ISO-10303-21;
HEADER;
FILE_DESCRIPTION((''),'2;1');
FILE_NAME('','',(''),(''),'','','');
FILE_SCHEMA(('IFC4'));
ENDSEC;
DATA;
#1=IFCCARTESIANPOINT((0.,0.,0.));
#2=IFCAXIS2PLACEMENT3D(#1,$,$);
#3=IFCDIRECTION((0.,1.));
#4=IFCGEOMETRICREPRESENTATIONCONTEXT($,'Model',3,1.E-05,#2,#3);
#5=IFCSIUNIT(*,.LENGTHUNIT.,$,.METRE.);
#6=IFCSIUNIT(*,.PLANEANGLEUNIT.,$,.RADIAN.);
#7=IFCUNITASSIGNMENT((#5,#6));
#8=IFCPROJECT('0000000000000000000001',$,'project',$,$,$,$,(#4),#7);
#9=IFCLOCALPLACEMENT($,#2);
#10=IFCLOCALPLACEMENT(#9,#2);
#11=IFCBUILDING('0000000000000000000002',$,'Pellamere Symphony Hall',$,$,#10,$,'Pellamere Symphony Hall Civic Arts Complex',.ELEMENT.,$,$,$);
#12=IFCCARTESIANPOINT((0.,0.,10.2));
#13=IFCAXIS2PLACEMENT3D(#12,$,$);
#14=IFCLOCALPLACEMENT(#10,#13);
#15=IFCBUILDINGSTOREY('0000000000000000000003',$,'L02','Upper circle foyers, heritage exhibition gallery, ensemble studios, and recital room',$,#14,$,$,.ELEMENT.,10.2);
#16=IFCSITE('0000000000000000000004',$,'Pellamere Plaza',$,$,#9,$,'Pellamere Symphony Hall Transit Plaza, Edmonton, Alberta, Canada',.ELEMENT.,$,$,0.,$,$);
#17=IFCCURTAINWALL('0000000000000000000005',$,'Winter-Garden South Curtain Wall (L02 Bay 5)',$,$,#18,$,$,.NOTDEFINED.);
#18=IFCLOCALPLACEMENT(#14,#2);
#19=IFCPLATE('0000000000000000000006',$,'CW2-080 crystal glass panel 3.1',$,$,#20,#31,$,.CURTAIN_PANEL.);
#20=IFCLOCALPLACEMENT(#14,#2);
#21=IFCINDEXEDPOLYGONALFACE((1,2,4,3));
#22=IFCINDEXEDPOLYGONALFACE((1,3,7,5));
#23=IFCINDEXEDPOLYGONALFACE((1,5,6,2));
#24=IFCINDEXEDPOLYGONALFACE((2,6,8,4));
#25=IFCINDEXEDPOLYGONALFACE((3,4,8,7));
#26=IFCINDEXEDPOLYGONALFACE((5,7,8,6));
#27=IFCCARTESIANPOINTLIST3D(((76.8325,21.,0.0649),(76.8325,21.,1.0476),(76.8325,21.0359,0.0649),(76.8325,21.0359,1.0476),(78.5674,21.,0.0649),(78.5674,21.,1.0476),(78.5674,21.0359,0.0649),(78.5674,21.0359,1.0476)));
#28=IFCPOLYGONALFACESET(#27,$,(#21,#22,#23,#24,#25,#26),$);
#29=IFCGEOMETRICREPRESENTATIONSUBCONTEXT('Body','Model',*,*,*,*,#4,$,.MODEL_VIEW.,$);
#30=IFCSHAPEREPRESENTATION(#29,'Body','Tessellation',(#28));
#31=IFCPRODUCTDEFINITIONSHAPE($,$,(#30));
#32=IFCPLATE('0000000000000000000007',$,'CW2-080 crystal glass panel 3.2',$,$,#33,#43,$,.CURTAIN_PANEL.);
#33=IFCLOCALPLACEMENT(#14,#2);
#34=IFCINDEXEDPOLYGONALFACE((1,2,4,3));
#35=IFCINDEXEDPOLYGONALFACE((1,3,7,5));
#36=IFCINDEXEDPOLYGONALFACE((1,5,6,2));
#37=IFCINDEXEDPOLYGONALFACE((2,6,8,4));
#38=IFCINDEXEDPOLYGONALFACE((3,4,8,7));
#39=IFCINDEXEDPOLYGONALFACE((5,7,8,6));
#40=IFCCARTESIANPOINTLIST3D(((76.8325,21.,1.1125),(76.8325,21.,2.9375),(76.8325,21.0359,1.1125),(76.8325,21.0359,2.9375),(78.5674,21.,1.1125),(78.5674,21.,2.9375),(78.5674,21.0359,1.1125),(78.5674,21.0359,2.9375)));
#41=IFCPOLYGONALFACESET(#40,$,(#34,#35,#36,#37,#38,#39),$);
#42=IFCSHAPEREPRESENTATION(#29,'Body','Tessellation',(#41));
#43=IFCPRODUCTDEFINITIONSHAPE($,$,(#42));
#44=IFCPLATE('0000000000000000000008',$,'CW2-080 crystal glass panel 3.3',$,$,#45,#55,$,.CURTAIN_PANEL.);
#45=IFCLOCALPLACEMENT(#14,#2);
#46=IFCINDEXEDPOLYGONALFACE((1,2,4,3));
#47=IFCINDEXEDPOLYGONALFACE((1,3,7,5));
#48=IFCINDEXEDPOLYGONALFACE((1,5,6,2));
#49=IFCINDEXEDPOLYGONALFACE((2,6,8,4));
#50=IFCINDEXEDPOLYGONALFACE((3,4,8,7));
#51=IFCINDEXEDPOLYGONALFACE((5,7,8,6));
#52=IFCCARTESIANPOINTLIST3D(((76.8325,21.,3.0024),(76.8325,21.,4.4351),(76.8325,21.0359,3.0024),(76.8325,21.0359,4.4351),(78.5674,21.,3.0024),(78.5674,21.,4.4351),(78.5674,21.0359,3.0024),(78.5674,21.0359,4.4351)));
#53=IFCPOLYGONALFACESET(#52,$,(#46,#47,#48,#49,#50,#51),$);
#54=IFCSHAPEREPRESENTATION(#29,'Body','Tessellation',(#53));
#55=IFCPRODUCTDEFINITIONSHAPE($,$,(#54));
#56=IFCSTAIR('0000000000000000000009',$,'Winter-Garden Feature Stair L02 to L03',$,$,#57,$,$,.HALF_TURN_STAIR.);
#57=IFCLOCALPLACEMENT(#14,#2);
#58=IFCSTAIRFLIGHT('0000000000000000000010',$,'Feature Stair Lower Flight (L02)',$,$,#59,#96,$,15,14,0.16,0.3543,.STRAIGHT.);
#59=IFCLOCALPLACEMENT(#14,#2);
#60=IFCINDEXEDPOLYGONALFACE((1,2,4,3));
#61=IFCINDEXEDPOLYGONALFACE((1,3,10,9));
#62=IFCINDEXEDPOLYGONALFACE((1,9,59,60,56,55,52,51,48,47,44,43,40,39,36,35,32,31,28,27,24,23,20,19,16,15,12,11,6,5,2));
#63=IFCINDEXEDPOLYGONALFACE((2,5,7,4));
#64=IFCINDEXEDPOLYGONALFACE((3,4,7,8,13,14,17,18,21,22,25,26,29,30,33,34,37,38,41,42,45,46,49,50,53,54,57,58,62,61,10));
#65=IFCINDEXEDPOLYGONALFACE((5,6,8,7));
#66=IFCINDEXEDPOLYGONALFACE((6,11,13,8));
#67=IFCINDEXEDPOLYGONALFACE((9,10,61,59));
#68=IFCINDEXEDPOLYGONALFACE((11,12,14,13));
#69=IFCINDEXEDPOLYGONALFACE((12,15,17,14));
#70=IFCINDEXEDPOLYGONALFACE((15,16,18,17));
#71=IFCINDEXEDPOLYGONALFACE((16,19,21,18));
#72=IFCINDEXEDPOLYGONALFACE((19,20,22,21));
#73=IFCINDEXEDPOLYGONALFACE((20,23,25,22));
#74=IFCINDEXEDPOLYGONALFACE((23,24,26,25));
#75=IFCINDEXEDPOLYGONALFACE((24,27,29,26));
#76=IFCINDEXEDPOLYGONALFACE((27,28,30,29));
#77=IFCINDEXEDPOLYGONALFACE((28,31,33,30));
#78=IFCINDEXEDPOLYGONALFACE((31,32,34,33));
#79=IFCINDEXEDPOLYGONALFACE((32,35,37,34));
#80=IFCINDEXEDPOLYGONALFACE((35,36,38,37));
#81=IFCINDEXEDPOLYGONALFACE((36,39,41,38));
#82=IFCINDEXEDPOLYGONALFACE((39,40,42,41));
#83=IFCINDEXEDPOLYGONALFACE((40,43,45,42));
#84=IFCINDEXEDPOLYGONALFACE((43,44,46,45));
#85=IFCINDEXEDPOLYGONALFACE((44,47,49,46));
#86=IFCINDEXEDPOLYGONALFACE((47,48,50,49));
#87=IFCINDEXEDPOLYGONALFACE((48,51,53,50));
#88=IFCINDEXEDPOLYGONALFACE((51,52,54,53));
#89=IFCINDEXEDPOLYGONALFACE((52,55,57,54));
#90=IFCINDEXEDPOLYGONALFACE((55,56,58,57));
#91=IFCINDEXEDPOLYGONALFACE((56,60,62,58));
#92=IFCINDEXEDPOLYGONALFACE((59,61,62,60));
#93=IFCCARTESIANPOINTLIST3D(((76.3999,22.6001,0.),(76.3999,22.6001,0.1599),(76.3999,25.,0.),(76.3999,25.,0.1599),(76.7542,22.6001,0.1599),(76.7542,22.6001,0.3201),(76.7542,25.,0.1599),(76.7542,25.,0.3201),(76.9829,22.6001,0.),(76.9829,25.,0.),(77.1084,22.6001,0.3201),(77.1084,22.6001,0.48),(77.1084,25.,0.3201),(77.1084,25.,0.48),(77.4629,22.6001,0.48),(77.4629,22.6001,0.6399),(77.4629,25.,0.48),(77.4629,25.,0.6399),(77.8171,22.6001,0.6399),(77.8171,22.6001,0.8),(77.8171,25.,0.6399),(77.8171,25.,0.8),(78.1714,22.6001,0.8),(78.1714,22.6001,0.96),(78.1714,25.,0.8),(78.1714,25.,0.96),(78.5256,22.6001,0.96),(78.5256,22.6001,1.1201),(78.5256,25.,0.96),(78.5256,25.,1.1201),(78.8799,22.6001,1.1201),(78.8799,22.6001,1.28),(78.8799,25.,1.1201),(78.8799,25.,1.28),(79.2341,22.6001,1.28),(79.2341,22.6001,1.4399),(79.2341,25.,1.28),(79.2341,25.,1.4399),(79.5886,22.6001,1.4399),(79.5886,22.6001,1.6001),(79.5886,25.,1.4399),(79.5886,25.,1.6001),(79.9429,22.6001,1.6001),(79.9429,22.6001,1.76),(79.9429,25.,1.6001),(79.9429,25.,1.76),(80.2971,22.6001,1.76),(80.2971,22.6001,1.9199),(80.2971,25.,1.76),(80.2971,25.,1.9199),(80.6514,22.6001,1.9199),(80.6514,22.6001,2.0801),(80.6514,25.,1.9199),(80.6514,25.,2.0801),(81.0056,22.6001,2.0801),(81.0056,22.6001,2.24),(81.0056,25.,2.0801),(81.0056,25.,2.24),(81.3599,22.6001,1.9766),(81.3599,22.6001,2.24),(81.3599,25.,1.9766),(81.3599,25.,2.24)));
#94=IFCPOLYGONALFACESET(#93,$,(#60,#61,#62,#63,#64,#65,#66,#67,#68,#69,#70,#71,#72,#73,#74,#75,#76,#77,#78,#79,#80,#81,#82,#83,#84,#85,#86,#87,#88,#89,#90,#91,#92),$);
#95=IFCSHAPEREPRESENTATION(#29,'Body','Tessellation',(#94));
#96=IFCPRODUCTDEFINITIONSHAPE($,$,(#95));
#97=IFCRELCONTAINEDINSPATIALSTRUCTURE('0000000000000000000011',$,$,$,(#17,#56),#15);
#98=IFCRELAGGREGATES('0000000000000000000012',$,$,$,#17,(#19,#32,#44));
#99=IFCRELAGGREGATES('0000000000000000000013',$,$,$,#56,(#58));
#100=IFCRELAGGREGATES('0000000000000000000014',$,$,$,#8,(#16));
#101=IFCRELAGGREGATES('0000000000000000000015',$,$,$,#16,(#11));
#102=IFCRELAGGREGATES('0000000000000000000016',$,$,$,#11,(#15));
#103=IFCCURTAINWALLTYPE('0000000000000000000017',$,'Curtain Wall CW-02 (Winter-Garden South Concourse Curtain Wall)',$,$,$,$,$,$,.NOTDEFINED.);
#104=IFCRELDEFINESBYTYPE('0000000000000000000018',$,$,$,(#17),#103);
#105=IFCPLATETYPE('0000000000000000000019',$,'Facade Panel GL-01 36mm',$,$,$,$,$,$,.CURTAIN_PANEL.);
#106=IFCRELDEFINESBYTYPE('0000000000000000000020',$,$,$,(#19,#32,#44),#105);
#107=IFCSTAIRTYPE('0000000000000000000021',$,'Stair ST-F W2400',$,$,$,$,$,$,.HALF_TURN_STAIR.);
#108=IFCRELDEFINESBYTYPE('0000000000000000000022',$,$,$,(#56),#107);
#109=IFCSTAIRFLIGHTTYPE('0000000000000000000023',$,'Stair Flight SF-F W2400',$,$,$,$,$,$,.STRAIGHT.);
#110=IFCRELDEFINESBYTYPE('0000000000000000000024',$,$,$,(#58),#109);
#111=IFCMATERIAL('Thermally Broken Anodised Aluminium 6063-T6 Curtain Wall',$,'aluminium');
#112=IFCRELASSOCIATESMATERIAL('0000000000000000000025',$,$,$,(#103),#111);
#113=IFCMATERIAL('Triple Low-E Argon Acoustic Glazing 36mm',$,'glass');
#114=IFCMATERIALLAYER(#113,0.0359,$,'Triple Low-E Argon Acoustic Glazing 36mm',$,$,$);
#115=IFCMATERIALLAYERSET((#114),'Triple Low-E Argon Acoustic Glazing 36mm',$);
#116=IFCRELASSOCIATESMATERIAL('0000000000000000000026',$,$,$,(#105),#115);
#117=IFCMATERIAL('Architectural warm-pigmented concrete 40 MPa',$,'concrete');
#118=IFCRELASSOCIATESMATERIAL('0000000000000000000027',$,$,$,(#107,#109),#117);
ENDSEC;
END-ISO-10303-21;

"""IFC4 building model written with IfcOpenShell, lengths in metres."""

from ifc_helpers import new_model, si_unit, direction, frame, origin, place, context, subcontext, project, spatial, polyline, outline, extrude, material, layer, layer_set, type_object, element, aggregate, save


model = new_model("IFC4")

# Units and contexts
model_context = context("Model", 3, precision=1e-05, world=origin(), true_north=direction((0.0, 1.0)))
body_context = subcontext(model_context, "Body", "Model", "MODEL_VIEW")
ifc_project = project(units=[si_unit("LENGTHUNIT", "METRE"), si_unit("PLANEANGLEUNIT", "RADIAN")], contexts=[model_context])

# Site, building, storey
site_placement = place(None, origin())
site = spatial("IfcSite", under=ifc_project, at=site_placement, Name="Pellamere Plaza", LongName="Pellamere Symphony Hall Transit Plaza, Edmonton, Alberta, Canada", CompositionType="ELEMENT", RefElevation=0.0)
building_placement = place(site_placement, origin())
building = spatial("IfcBuilding", under=site, at=building_placement, Name="Pellamere Symphony Hall", LongName="Pellamere Symphony Hall Civic Arts Complex", CompositionType="ELEMENT")
storey_placement = place(building_placement, frame((0.0, 0.0, 10.2)))
storey = spatial("IfcBuildingStorey", under=building, at=storey_placement, Name="L02", Description="Upper circle foyers, heritage exhibition gallery, ensemble studios, and recital room", CompositionType="ELEMENT", Elevation=10.2)

# Curtain wall
ifc_material_1 = material(Name="Thermally Broken Anodised Aluminium 6063-T6 Curtain Wall", Category="aluminium")
curtain_wall_type = type_object("IfcCurtainWallType", Name="Curtain Wall CW-02 (Winter-Garden South Concourse Curtain Wall)", PredefinedType="NOTDEFINED", material=ifc_material_1)
curtain_wall_placement = place(storey_placement, origin())
curtain_wall = element("IfcCurtainWall", 1, at=curtain_wall_placement, inside=storey, type_object=curtain_wall_type, Name="Winter-Garden South Curtain Wall (L02 Bay 5)", PredefinedType="NOTDEFINED")

# Plates
ifc_material_2 = material(Name="Triple Low-E Argon Acoustic Glazing 36mm", Category="glass")
ifc_layer = layer(ifc_material_2, 0.0359, Name="Triple Low-E Argon Acoustic Glazing 36mm")
ifc_layer_set = layer_set([ifc_layer], Name="Triple Low-E Argon Acoustic Glazing 36mm")
plate_type = type_object("IfcPlateType", Name="Facade Panel GL-01 36mm", PredefinedType="CURTAIN_PANEL", material=ifc_layer_set)
plate_1_placement = place(storey_placement, frame((76.8325, 21.0, 0.0649), z_axis=(0.0, -1.0, 0.0), x_axis=(1.0, 0.0, 0.0)))
plate_1 = element("IfcPlate", 2, at=plate_1_placement, type_object=plate_type, Name="CW2-080 crystal glass panel 3.1", PredefinedType="CURTAIN_PANEL", context=body_context, shape_type="SweptSolid", body=[
    extrude(outline(polyline([(0.0, 0.0), (1.7349, 0.0), (1.7349, 0.9827), (0.0, 0.9827), (0.0, 0.0)])), origin(), (0.0, 0.0, -1.0), 0.0359),
])
plate_2_placement = place(storey_placement, frame((76.8325, 21.0, 1.1125), z_axis=(0.0, -1.0, 0.0), x_axis=(1.0, 0.0, 0.0)))
plate_2 = element("IfcPlate", 3, at=plate_2_placement, type_object=plate_type, Name="CW2-080 crystal glass panel 3.2", PredefinedType="CURTAIN_PANEL", context=body_context, shape_type="SweptSolid", body=[
    extrude(outline(polyline([(0.0, 0.0), (1.7349, 0.0), (1.7349, 1.825), (0.0, 1.825), (0.0, 0.0)])), origin(), (0.0, 0.0, -1.0), 0.0359),
])
plate_3_placement = place(storey_placement, frame((76.8325, 21.0, 3.0024), z_axis=(0.0, -1.0, 0.0), x_axis=(1.0, 0.0, 0.0)))
plate_3 = element("IfcPlate", 4, at=plate_3_placement, type_object=plate_type, Name="CW2-080 crystal glass panel 3.3", PredefinedType="CURTAIN_PANEL", context=body_context, shape_type="SweptSolid", body=[
    extrude(outline(polyline([(0.0, 0.0), (1.7349, 0.0), (1.7349, 1.4326), (0.0, 1.4326), (0.0, 0.0)])), origin(), (0.0, 0.0, -1.0), 0.0359),
])
aggregate(curtain_wall, [plate_1, plate_2, plate_3])

# Stair, stair flight
ifc_material_3 = material(Name="Architectural warm-pigmented concrete 40 MPa", Category="concrete")
stair_type = type_object("IfcStairType", Name="Stair ST-F W2400", PredefinedType="HALF_TURN_STAIR", material=ifc_material_3)
stair_placement = place(storey_placement, origin())
stair = element("IfcStair", 5, at=stair_placement, inside=storey, type_object=stair_type, Name="Winter-Garden Feature Stair L02 to L03", PredefinedType="HALF_TURN_STAIR")
stair_flight_type = type_object("IfcStairFlightType", Name="Stair Flight SF-F W2400", PredefinedType="STRAIGHT", material=ifc_material_3)
stair_flight_placement = place(storey_placement, frame((76.3999, 23.8, 0.0), z_axis=(0.0, 0.0, 1.0), x_axis=(1.0, 0.0, 0.0)))
stair_flight = element("IfcStairFlight", 6, at=stair_flight_placement, type_object=stair_flight_type, Name="Feature Stair Lower Flight (L02)", NumberOfRisers=15, NumberOfTreads=14, PredefinedType="STRAIGHT", RiserHeight=0.16, TreadLength=0.3543, context=body_context, shape_type="SweptSolid", body=[
    extrude(outline(polyline([(0.0, 0.0), (0.0, 0.1599), (0.3542, 0.1599), (0.3542, 0.3201), (0.7085, 0.3201), (0.7085, 0.48), (1.063, 0.48), (1.063, 0.6399), (1.4172, 0.6399), (1.4172, 0.8), (1.7715, 0.8), (1.7715, 0.96), (2.1257, 0.96), (2.1257, 1.1201), (2.48, 1.1201), (2.48, 1.28), (2.8342, 1.28), (2.8342, 1.4399), (3.1887, 1.4399), (3.1887, 1.6001), (3.543, 1.6001), (3.543, 1.76), (3.8972, 1.76), (3.8972, 1.9199), (4.2515, 1.9199), (4.2515, 2.0801), (4.6057, 2.0801), (4.6057, 2.24), (4.96, 2.24), (4.96, 2.3999), (4.96, 1.9766), (0.583, 0.0), (0.0, 0.0)])), frame((0.0, 1.2, 0.0), z_axis=(0.0, -1.0, 0.0), x_axis=(1.0, 0.0, 0.0)), (0.0, 0.0, 1.0), 2.3999),
])
aggregate(stair, [stair_flight])

save(model, "model.ifc")
